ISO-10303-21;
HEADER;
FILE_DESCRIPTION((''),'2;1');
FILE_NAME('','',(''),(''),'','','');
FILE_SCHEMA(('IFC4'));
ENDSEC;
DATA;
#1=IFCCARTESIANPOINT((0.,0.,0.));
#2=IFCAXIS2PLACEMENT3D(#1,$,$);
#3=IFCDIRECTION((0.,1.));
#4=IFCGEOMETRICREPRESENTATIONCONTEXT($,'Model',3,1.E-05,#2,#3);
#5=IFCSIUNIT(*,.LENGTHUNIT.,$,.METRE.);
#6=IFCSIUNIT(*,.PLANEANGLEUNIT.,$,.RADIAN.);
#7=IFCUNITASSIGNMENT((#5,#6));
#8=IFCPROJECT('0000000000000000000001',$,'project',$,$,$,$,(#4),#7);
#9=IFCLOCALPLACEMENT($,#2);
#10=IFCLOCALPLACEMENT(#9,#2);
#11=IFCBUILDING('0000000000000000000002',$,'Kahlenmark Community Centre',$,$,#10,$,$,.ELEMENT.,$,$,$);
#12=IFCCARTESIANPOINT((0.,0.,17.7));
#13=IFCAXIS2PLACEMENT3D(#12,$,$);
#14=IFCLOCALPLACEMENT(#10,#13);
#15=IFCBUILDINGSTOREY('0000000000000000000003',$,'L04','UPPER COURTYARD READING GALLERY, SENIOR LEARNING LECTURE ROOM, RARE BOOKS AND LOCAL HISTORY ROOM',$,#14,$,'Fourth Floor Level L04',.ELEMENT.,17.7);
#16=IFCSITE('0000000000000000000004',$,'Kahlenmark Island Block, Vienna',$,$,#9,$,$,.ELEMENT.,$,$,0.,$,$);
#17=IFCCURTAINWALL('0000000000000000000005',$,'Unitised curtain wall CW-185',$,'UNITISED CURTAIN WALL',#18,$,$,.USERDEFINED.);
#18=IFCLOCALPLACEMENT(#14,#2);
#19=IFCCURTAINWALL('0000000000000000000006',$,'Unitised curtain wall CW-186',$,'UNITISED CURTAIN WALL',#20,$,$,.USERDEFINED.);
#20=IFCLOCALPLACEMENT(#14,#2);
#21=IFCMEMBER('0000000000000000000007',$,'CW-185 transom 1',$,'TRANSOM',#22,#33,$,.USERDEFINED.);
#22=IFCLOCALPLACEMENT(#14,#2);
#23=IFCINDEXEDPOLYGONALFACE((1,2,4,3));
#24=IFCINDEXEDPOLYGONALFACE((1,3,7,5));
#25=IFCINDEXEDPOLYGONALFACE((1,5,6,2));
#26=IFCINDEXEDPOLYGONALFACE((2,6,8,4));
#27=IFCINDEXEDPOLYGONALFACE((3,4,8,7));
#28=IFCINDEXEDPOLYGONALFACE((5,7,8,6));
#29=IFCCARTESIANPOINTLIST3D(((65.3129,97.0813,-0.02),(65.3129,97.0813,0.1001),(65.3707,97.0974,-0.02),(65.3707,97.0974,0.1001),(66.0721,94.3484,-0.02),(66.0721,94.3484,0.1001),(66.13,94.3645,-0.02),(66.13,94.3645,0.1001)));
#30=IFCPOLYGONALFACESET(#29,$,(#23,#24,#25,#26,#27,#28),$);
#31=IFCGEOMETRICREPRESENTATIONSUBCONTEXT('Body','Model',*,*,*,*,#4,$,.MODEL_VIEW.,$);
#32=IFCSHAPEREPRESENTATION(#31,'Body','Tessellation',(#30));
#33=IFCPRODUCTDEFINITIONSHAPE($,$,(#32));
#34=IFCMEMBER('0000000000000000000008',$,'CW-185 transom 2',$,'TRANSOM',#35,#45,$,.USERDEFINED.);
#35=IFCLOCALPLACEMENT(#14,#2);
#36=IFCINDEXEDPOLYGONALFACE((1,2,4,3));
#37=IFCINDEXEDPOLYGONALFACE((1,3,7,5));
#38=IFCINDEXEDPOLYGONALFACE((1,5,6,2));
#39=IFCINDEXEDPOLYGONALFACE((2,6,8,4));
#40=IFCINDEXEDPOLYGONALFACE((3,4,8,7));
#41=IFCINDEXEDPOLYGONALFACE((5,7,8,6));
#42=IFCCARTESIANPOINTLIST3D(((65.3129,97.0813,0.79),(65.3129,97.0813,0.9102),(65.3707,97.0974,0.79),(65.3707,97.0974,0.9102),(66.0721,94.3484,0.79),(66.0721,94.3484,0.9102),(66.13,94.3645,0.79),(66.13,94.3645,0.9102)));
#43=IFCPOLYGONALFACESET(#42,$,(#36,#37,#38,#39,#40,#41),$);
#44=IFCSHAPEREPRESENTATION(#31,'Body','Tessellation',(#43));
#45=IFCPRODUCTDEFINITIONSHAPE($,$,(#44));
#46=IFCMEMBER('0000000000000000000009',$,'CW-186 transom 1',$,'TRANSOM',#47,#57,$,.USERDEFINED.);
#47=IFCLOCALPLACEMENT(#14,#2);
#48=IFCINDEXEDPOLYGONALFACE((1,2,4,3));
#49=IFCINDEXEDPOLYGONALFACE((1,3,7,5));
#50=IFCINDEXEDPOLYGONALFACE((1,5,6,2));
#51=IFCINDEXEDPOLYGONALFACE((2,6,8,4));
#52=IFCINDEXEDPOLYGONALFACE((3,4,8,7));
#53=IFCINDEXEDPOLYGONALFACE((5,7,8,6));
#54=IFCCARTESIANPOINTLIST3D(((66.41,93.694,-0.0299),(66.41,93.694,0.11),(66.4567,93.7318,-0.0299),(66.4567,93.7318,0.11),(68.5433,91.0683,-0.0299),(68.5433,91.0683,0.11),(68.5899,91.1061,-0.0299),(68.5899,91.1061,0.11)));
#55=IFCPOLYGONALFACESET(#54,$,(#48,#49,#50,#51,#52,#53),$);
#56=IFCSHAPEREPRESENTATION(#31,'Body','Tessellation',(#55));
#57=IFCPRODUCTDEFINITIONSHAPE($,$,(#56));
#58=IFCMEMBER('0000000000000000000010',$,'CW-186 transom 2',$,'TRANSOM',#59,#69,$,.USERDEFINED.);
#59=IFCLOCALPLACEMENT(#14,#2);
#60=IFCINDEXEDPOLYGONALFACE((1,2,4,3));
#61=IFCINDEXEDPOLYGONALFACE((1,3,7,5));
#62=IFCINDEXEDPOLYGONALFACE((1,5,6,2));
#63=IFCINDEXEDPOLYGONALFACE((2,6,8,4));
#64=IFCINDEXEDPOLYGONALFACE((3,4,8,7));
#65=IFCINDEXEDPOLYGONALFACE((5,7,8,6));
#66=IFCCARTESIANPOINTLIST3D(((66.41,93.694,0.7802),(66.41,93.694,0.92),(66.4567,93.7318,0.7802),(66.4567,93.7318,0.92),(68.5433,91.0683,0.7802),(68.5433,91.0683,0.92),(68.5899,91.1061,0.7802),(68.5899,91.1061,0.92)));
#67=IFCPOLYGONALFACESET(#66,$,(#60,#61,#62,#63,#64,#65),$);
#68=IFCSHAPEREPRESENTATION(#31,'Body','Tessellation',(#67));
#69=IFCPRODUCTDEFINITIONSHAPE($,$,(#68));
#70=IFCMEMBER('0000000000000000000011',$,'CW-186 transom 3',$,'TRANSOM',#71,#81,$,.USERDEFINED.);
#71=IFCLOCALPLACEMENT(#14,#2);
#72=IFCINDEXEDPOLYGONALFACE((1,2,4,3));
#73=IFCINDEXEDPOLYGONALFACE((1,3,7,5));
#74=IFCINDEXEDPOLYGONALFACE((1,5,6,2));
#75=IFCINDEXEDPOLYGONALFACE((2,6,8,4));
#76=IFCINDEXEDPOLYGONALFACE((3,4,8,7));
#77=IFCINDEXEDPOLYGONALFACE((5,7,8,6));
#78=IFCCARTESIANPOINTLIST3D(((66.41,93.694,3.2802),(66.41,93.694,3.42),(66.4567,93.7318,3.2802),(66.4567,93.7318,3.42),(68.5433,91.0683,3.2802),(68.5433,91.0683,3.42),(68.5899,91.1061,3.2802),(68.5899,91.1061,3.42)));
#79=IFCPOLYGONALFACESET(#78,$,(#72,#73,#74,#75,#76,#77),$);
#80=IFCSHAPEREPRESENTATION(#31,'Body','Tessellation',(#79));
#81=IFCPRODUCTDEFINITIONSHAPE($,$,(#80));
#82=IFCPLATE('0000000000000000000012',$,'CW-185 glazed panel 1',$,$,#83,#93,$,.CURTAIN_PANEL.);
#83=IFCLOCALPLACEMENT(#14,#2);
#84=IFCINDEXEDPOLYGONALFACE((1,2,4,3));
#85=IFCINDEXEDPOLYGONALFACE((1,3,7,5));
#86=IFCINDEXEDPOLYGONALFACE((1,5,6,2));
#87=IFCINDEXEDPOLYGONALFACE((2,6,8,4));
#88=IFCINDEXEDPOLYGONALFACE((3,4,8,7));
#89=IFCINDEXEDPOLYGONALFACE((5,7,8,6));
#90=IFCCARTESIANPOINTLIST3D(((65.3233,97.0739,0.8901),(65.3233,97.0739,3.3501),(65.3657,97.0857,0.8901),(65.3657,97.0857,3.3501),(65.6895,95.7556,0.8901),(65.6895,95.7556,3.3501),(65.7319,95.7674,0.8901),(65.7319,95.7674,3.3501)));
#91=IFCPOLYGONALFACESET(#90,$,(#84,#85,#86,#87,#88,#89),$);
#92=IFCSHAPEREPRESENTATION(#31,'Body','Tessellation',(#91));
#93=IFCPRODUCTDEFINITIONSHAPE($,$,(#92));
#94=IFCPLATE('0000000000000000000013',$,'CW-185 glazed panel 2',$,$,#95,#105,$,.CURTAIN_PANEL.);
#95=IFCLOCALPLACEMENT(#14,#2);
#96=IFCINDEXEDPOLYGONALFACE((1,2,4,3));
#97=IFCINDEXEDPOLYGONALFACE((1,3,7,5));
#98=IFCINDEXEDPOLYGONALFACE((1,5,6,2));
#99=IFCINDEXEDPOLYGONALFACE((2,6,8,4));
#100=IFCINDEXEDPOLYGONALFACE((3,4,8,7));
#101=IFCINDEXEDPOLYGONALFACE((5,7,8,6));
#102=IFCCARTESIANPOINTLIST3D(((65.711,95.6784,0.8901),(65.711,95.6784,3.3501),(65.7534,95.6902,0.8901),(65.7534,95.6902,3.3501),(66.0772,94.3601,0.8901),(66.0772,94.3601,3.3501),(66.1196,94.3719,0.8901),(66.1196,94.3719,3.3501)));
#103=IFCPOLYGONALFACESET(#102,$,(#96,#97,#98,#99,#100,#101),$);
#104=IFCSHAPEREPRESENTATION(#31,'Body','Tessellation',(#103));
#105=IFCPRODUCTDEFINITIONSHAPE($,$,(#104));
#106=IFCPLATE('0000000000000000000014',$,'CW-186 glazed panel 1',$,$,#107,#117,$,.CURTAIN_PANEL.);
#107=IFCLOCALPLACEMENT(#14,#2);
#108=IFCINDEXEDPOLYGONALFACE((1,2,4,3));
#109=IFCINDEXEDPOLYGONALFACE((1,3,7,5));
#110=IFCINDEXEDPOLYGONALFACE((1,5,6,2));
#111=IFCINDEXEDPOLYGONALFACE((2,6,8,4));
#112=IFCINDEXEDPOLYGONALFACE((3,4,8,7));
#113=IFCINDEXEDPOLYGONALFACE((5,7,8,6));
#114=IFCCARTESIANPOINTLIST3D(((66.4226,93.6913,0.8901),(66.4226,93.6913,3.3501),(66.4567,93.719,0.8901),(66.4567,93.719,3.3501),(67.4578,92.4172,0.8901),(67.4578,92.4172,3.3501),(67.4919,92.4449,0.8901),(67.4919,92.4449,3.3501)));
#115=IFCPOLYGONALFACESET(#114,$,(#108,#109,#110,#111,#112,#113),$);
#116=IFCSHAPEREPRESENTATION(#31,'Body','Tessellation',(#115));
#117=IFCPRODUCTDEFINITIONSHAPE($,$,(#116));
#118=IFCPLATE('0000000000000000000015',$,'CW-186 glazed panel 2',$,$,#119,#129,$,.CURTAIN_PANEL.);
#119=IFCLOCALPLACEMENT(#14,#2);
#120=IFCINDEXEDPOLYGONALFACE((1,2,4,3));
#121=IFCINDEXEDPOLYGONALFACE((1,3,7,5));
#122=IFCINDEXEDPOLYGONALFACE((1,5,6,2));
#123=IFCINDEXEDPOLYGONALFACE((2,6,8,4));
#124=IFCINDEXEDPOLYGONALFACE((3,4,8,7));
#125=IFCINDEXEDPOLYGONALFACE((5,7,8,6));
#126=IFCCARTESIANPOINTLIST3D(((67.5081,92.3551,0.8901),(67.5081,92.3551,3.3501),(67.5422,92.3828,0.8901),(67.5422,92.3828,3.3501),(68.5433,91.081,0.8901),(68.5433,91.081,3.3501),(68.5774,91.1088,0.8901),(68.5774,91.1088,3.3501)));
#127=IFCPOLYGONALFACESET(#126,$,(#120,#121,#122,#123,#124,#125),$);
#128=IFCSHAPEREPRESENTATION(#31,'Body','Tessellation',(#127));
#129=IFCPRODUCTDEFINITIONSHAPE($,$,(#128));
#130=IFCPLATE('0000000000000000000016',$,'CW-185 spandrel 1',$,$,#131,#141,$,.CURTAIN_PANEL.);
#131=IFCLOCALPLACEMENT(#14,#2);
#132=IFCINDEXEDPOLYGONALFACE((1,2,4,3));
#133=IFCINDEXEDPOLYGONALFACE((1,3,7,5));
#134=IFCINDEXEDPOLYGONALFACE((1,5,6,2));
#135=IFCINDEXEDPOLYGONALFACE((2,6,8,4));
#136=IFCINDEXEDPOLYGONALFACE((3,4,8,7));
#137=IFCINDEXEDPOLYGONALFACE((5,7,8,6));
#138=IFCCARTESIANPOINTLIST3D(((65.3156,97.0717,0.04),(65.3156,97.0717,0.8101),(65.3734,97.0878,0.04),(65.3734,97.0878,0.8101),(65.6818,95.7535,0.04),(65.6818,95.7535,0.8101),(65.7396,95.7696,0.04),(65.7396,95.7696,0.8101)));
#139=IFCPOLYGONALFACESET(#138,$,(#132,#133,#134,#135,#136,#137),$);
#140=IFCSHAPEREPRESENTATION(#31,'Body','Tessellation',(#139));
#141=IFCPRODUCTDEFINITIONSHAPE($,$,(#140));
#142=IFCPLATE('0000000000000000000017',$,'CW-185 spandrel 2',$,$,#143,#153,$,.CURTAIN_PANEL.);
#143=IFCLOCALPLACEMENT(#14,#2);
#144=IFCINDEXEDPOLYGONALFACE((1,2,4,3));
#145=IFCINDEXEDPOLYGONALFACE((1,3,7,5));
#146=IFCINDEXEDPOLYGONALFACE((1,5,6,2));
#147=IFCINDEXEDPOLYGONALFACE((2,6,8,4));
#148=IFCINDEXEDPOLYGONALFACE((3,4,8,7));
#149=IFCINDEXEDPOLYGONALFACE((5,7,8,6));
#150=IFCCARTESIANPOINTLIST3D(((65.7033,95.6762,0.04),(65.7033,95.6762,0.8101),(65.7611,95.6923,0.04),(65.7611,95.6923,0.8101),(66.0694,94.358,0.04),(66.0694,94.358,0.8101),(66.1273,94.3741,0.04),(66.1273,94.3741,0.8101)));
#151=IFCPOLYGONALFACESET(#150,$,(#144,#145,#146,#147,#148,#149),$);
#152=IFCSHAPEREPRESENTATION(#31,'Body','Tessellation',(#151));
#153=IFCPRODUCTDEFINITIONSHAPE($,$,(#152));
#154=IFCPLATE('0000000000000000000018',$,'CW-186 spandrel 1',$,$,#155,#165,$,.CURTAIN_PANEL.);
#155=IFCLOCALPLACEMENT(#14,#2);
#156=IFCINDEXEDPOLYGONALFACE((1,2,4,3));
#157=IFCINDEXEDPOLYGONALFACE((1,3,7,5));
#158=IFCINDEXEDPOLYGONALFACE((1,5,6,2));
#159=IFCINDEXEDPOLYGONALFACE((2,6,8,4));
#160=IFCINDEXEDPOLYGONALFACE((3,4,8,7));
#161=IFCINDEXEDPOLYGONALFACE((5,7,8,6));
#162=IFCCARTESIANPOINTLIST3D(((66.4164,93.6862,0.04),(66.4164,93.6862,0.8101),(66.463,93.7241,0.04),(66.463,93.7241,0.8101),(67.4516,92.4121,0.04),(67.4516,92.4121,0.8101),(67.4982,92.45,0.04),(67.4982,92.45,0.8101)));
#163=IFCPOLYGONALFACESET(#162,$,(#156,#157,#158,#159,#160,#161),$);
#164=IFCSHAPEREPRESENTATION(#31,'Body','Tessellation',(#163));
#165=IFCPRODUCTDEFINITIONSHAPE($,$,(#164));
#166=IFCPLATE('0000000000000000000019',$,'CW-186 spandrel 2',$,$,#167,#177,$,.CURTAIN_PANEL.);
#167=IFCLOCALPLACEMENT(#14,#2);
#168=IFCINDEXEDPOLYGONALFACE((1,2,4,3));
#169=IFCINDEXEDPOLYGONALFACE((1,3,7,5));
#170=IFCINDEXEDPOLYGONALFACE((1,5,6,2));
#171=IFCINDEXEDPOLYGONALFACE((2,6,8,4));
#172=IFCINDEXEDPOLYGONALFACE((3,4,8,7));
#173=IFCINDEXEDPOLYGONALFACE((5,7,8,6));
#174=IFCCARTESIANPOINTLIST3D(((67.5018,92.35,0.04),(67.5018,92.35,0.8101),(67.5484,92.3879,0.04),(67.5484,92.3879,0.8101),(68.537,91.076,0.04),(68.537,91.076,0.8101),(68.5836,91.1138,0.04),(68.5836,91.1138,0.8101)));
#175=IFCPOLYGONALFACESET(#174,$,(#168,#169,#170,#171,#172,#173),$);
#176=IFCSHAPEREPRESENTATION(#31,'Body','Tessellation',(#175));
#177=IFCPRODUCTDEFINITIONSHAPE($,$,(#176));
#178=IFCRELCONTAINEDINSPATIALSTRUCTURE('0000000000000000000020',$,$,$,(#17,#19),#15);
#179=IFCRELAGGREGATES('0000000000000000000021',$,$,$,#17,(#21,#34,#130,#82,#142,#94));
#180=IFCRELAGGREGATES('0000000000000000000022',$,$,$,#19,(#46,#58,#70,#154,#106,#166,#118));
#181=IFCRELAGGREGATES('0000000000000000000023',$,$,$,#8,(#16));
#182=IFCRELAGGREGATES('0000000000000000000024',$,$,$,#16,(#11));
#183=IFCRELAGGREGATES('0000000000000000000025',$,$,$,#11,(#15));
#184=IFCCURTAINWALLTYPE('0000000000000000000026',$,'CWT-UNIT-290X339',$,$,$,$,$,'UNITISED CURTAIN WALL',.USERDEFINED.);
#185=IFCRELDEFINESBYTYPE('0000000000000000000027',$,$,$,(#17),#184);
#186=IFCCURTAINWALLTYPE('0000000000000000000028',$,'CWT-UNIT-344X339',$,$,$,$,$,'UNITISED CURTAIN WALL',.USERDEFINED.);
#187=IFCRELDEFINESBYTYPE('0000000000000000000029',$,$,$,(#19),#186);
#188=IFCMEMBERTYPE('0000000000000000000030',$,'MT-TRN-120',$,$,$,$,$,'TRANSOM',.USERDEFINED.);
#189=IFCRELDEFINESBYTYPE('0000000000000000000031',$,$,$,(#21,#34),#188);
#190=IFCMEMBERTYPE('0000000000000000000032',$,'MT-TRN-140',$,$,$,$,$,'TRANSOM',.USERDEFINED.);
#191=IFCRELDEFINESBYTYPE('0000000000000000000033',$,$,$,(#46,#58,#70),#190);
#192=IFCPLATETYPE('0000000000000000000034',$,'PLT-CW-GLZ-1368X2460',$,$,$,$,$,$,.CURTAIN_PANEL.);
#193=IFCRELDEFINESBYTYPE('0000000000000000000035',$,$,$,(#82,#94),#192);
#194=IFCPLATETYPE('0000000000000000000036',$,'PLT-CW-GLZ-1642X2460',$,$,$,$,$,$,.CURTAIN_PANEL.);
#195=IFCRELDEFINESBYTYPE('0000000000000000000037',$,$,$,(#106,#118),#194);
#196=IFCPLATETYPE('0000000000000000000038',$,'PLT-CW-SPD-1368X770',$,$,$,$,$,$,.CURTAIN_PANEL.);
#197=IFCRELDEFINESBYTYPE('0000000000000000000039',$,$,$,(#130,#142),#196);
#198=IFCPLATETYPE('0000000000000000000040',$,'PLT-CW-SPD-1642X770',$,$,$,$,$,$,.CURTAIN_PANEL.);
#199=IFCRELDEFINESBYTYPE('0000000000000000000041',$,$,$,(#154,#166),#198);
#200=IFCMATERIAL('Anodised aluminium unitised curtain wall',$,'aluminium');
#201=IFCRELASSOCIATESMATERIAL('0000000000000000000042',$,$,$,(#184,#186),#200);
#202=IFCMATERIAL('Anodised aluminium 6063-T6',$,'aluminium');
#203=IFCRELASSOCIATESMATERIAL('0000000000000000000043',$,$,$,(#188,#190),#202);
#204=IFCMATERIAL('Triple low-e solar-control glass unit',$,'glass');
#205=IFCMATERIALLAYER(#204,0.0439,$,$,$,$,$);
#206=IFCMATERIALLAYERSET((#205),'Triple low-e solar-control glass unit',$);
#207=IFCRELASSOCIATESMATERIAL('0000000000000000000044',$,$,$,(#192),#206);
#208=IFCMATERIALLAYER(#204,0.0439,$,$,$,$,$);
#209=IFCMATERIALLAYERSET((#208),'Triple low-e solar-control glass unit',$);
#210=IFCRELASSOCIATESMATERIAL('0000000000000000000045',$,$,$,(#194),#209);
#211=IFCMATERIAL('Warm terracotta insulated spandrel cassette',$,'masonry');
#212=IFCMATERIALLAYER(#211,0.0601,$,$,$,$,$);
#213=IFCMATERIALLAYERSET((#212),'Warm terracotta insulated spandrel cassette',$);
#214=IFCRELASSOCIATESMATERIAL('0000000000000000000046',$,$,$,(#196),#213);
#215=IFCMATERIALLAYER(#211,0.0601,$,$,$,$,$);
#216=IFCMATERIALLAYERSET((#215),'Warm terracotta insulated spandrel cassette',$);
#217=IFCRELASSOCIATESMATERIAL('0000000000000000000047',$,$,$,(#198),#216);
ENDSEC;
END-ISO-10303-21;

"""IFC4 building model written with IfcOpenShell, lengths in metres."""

from ifc_helpers import new_model, si_unit, direction, frame, origin, origin_2d, place, context, subcontext, project, spatial, rectangle, extrude, material, layer, layer_set, material_profile, profile_set, type_object, element, aggregate, save


model = new_model("IFC4")

# Units and contexts
model_context = context("Model", 3, precision=1e-05, world=origin(), true_north=direction((0.0, 1.0)))
body_context = subcontext(model_context, "Body", "Model", "MODEL_VIEW")
ifc_project = project(units=[si_unit("LENGTHUNIT", "METRE"), si_unit("PLANEANGLEUNIT", "RADIAN")], contexts=[model_context])

# Site, building, storey
site_placement = place(None, origin())
site = spatial("IfcSite", under=ifc_project, at=site_placement, Name="Kahlenmark Island Block, Vienna", CompositionType="ELEMENT", RefElevation=0.0)
building_placement = place(site_placement, origin())
building = spatial("IfcBuilding", under=site, at=building_placement, Name="Kahlenmark Community Centre", CompositionType="ELEMENT")
storey_placement = place(building_placement, frame((0.0, 0.0, 17.7)))
storey = spatial("IfcBuildingStorey", under=building, at=storey_placement, Name="L04", Description="UPPER COURTYARD READING GALLERY, SENIOR LEARNING LECTURE ROOM, RARE BOOKS AND LOCAL HISTORY ROOM", LongName="Fourth Floor Level L04", CompositionType="ELEMENT", Elevation=17.7)

# Curtain walls
ifc_material_1 = material(Name="Anodised aluminium unitised curtain wall", Category="aluminium")
curtain_wall_type_1 = type_object("IfcCurtainWallType", Name="CWT-UNIT-290X339", ElementType="UNITISED CURTAIN WALL", PredefinedType="USERDEFINED", material=ifc_material_1)
curtain_wall_1_placement = place(storey_placement, origin())
curtain_wall_1 = element("IfcCurtainWall", 1, at=curtain_wall_1_placement, inside=storey, type_object=curtain_wall_type_1, Name="Unitised curtain wall CW-185", ObjectType="UNITISED CURTAIN WALL", PredefinedType="USERDEFINED")
ifc_material_2 = material(Name="Anodised aluminium 6063-T6", Category="aluminium")
curtain_wall_type_2 = type_object("IfcCurtainWallType", Name="CWT-UNIT-344X339", ElementType="UNITISED CURTAIN WALL", PredefinedType="USERDEFINED", material=ifc_material_1)
curtain_wall_2_placement = place(storey_placement, origin())
curtain_wall_2 = element("IfcCurtainWall", 2, at=curtain_wall_2_placement, inside=storey, type_object=curtain_wall_type_2, Name="Unitised curtain wall CW-186", ObjectType="UNITISED CURTAIN WALL", PredefinedType="USERDEFINED")

# Members
ifc_material_profile_1 = material_profile(ifc_material_2, rectangle(XDim=0.0601, YDim=0.1201, at=origin_2d()), Name="ALU TRANSOM 60x120")
ifc_profile_set_1 = profile_set([ifc_material_profile_1], Name="Anodised aluminium 6063-T6")
member_type_1 = type_object("IfcMemberType", Name="MT-TRN-120", ElementType="TRANSOM", PredefinedType="USERDEFINED", material=ifc_profile_set_1)
member_1_placement = place(storey_placement, frame((65.3418, 97.0894, 0.04), z_axis=(0.267688, -0.963506, 0.0), x_axis=(0.963506, 0.267688, 0.0)))
member_1 = element("IfcMember", 3, at=member_1_placement, type_object=member_type_1, Name="CW-185 transom 1", ObjectType="TRANSOM", PredefinedType="USERDEFINED", context=body_context, shape_type="SweptSolid", body=[
    extrude(rectangle(XDim=0.0601, YDim=0.1201, at=origin_2d()), origin(), (0.0, 0.0, 1.0), 2.8364),
])
member_2_placement = place(storey_placement, frame((65.3418, 97.0894, 0.8501), z_axis=(0.267688, -0.963506, 0.0), x_axis=(0.963506, 0.267688, 0.0)))
member_2 = element("IfcMember", 4, at=member_2_placement, type_object=member_type_1, Name="CW-185 transom 2", ObjectType="TRANSOM", PredefinedType="USERDEFINED", context=body_context, shape_type="SweptSolid", body=[
    extrude(rectangle(XDim=0.0601, YDim=0.1201, at=origin_2d()), origin(), (0.0, 0.0, 1.0), 2.8364),
])
ifc_material_profile_2 = material_profile(ifc_material_2, rectangle(XDim=0.0601, YDim=0.1399, at=origin_2d()), Name="ALU TRANSOM 60x140")
ifc_profile_set_2 = profile_set([ifc_material_profile_2], Name="Anodised aluminium 6063-T6")
member_type_2 = type_object("IfcMemberType", Name="MT-TRN-140", ElementType="TRANSOM", PredefinedType="USERDEFINED", material=ifc_profile_set_2)
member_3_placement = place(storey_placement, frame((66.4333, 93.7129, 0.04), z_axis=(0.630574, -0.776129, 0.0), x_axis=(0.776129, 0.630574, 0.0)))
member_3 = element("IfcMember", 5, at=member_3_placement, type_object=member_type_2, Name="CW-186 transom 1", ObjectType="TRANSOM", PredefinedType="USERDEFINED", context=body_context, shape_type="SweptSolid", body=[
    extrude(rectangle(XDim=0.0601, YDim=0.1399, at=origin_2d()), origin(), (0.0, 0.0, 1.0), 3.3831),
])
member_4_placement = place(storey_placement, frame((66.4333, 93.7129, 0.8501), z_axis=(0.630574, -0.776129, 0.0), x_axis=(0.776129, 0.630574, 0.0)))
member_4 = element("IfcMember", 6, at=member_4_placement, type_object=member_type_2, Name="CW-186 transom 2", ObjectType="TRANSOM", PredefinedType="USERDEFINED", context=body_context, shape_type="SweptSolid", body=[
    extrude(rectangle(XDim=0.0601, YDim=0.1399, at=origin_2d()), origin(), (0.0, 0.0, 1.0), 3.3831),
])
member_5_placement = place(storey_placement, frame((66.4333, 93.7129, 3.3501), z_axis=(0.630574, -0.776129, 0.0), x_axis=(0.776129, 0.630574, 0.0)))
member_5 = element("IfcMember", 7, at=member_5_placement, type_object=member_type_2, Name="CW-186 transom 3", ObjectType="TRANSOM", PredefinedType="USERDEFINED", context=body_context, shape_type="SweptSolid", body=[
    extrude(rectangle(XDim=0.0601, YDim=0.1399, at=origin_2d()), origin(), (0.0, 0.0, 1.0), 3.3831),
])

# Plates
ifc_material_3 = material(Name="Triple low-e solar-control glass unit", Category="glass")
ifc_layer_1 = layer(ifc_material_3, 0.0439)
ifc_layer_set_1 = layer_set([ifc_layer_1], Name="Triple low-e solar-control glass unit")
plate_type_1 = type_object("IfcPlateType", Name="PLT-CW-GLZ-1368X2460", PredefinedType="CURTAIN_PANEL", material=ifc_layer_set_1)
plate_1_placement = place(storey_placement, frame((65.5276, 96.4207, 0.8901), z_axis=(0.0, 0.0, 1.0), x_axis=(0.267654, -0.963515, 0.0)))
plate_1 = element("IfcPlate", 8, at=plate_1_placement, type_object=plate_type_1, Name="CW-185 glazed panel 1", PredefinedType="CURTAIN_PANEL", context=body_context, shape_type="SweptSolid", body=[
    extrude(rectangle(XDim=1.3682, YDim=0.0439, at=origin_2d()), origin(), (0.0, 0.0, 1.0), 2.46),
])
plate_2_placement = place(storey_placement, frame((65.9153, 95.0251, 0.8901), z_axis=(0.0, 0.0, 1.0), x_axis=(0.267654, -0.963515, 0.0)))
plate_2 = element("IfcPlate", 9, at=plate_2_placement, type_object=plate_type_1, Name="CW-185 glazed panel 2", PredefinedType="CURTAIN_PANEL", context=body_context, shape_type="SweptSolid", body=[
    extrude(rectangle(XDim=1.3682, YDim=0.0439, at=origin_2d()), origin(), (0.0, 0.0, 1.0), 2.46),
])
ifc_layer_2 = layer(ifc_material_3, 0.0439)
ifc_layer_set_2 = layer_set([ifc_layer_2], Name="Triple low-e solar-control glass unit")
plate_type_2 = type_object("IfcPlateType", Name="PLT-CW-GLZ-1642X2460", PredefinedType="CURTAIN_PANEL", material=ifc_layer_set_2)
plate_3_placement = place(storey_placement, frame((66.9573, 93.0681, 0.8901), z_axis=(0.0, 0.0, 1.0), x_axis=(0.630599, -0.776109, 0.0)))
plate_3 = element("IfcPlate", 10, at=plate_3_placement, type_object=plate_type_2, Name="CW-186 glazed panel 1", PredefinedType="CURTAIN_PANEL", context=body_context, shape_type="SweptSolid", body=[
    extrude(rectangle(XDim=1.6416, YDim=0.0439, at=origin_2d()), origin(), (0.0, 0.0, 1.0), 2.46),
])
plate_4_placement = place(storey_placement, frame((68.0427, 91.7319, 0.8901), z_axis=(0.0, 0.0, 1.0), x_axis=(0.630599, -0.776109, 0.0)))
plate_4 = element("IfcPlate", 11, at=plate_4_placement, type_object=plate_type_2, Name="CW-186 glazed panel 2", PredefinedType="CURTAIN_PANEL", context=body_context, shape_type="SweptSolid", body=[
    extrude(rectangle(XDim=1.6416, YDim=0.0439, at=origin_2d()), origin(), (0.0, 0.0, 1.0), 2.46),
])
ifc_material_4 = material(Name="Warm terracotta insulated spandrel cassette", Category="masonry")
ifc_layer_3 = layer(ifc_material_4, 0.0601)
ifc_layer_set_3 = layer_set([ifc_layer_3], Name="Warm terracotta insulated spandrel cassette")
plate_type_3 = type_object("IfcPlateType", Name="PLT-CW-SPD-1368X770", PredefinedType="CURTAIN_PANEL", material=ifc_layer_set_3)
plate_5_placement = place(storey_placement, frame((65.5276, 96.4207, 0.04), z_axis=(0.0, 0.0, 1.0), x_axis=(0.267654, -0.963515, 0.0)))
plate_5 = element("IfcPlate", 12, at=plate_5_placement, type_object=plate_type_3, Name="CW-185 spandrel 1", PredefinedType="CURTAIN_PANEL", context=body_context, shape_type="SweptSolid", body=[
    extrude(rectangle(XDim=1.3682, YDim=0.0601, at=origin_2d()), origin(), (0.0, 0.0, 1.0), 0.77),
])
plate_6_placement = place(storey_placement, frame((65.9153, 95.0251, 0.04), z_axis=(0.0, 0.0, 1.0), x_axis=(0.267654, -0.963515, 0.0)))
plate_6 = element("IfcPlate", 13, at=plate_6_placement, type_object=plate_type_3, Name="CW-185 spandrel 2", PredefinedType="CURTAIN_PANEL", context=body_context, shape_type="SweptSolid", body=[
    extrude(rectangle(XDim=1.3682, YDim=0.0601, at=origin_2d()), origin(), (0.0, 0.0, 1.0), 0.77),
])
aggregate(curtain_wall_1, [member_1, member_2, plate_5, plate_1, plate_6, plate_2])
ifc_layer_4 = layer(ifc_material_4, 0.0601)
ifc_layer_set_4 = layer_set([ifc_layer_4], Name="Warm terracotta insulated spandrel cassette")
plate_type_4 = type_object("IfcPlateType", Name="PLT-CW-SPD-1642X770", PredefinedType="CURTAIN_PANEL", material=ifc_layer_set_4)
plate_7_placement = place(storey_placement, frame((66.9573, 93.0681, 0.04), z_axis=(0.0, 0.0, 1.0), x_axis=(0.630599, -0.776109, 0.0)))
plate_7 = element("IfcPlate", 14, at=plate_7_placement, type_object=plate_type_4, Name="CW-186 spandrel 1", PredefinedType="CURTAIN_PANEL", context=body_context, shape_type="SweptSolid", body=[
    extrude(rectangle(XDim=1.6416, YDim=0.0601, at=origin_2d()), origin(), (0.0, 0.0, 1.0), 0.77),
])
plate_8_placement = place(storey_placement, frame((68.0427, 91.7319, 0.04), z_axis=(0.0, 0.0, 1.0), x_axis=(0.630599, -0.776109, 0.0)))
plate_8 = element("IfcPlate", 15, at=plate_8_placement, type_object=plate_type_4, Name="CW-186 spandrel 2", PredefinedType="CURTAIN_PANEL", context=body_context, shape_type="SweptSolid", body=[
    extrude(rectangle(XDim=1.6416, YDim=0.0601, at=origin_2d()), origin(), (0.0, 0.0, 1.0), 0.77),
])
aggregate(curtain_wall_2, [member_3, member_4, member_5, plate_7, plate_3, plate_8, plate_4])

save(model, "model.ifc")
